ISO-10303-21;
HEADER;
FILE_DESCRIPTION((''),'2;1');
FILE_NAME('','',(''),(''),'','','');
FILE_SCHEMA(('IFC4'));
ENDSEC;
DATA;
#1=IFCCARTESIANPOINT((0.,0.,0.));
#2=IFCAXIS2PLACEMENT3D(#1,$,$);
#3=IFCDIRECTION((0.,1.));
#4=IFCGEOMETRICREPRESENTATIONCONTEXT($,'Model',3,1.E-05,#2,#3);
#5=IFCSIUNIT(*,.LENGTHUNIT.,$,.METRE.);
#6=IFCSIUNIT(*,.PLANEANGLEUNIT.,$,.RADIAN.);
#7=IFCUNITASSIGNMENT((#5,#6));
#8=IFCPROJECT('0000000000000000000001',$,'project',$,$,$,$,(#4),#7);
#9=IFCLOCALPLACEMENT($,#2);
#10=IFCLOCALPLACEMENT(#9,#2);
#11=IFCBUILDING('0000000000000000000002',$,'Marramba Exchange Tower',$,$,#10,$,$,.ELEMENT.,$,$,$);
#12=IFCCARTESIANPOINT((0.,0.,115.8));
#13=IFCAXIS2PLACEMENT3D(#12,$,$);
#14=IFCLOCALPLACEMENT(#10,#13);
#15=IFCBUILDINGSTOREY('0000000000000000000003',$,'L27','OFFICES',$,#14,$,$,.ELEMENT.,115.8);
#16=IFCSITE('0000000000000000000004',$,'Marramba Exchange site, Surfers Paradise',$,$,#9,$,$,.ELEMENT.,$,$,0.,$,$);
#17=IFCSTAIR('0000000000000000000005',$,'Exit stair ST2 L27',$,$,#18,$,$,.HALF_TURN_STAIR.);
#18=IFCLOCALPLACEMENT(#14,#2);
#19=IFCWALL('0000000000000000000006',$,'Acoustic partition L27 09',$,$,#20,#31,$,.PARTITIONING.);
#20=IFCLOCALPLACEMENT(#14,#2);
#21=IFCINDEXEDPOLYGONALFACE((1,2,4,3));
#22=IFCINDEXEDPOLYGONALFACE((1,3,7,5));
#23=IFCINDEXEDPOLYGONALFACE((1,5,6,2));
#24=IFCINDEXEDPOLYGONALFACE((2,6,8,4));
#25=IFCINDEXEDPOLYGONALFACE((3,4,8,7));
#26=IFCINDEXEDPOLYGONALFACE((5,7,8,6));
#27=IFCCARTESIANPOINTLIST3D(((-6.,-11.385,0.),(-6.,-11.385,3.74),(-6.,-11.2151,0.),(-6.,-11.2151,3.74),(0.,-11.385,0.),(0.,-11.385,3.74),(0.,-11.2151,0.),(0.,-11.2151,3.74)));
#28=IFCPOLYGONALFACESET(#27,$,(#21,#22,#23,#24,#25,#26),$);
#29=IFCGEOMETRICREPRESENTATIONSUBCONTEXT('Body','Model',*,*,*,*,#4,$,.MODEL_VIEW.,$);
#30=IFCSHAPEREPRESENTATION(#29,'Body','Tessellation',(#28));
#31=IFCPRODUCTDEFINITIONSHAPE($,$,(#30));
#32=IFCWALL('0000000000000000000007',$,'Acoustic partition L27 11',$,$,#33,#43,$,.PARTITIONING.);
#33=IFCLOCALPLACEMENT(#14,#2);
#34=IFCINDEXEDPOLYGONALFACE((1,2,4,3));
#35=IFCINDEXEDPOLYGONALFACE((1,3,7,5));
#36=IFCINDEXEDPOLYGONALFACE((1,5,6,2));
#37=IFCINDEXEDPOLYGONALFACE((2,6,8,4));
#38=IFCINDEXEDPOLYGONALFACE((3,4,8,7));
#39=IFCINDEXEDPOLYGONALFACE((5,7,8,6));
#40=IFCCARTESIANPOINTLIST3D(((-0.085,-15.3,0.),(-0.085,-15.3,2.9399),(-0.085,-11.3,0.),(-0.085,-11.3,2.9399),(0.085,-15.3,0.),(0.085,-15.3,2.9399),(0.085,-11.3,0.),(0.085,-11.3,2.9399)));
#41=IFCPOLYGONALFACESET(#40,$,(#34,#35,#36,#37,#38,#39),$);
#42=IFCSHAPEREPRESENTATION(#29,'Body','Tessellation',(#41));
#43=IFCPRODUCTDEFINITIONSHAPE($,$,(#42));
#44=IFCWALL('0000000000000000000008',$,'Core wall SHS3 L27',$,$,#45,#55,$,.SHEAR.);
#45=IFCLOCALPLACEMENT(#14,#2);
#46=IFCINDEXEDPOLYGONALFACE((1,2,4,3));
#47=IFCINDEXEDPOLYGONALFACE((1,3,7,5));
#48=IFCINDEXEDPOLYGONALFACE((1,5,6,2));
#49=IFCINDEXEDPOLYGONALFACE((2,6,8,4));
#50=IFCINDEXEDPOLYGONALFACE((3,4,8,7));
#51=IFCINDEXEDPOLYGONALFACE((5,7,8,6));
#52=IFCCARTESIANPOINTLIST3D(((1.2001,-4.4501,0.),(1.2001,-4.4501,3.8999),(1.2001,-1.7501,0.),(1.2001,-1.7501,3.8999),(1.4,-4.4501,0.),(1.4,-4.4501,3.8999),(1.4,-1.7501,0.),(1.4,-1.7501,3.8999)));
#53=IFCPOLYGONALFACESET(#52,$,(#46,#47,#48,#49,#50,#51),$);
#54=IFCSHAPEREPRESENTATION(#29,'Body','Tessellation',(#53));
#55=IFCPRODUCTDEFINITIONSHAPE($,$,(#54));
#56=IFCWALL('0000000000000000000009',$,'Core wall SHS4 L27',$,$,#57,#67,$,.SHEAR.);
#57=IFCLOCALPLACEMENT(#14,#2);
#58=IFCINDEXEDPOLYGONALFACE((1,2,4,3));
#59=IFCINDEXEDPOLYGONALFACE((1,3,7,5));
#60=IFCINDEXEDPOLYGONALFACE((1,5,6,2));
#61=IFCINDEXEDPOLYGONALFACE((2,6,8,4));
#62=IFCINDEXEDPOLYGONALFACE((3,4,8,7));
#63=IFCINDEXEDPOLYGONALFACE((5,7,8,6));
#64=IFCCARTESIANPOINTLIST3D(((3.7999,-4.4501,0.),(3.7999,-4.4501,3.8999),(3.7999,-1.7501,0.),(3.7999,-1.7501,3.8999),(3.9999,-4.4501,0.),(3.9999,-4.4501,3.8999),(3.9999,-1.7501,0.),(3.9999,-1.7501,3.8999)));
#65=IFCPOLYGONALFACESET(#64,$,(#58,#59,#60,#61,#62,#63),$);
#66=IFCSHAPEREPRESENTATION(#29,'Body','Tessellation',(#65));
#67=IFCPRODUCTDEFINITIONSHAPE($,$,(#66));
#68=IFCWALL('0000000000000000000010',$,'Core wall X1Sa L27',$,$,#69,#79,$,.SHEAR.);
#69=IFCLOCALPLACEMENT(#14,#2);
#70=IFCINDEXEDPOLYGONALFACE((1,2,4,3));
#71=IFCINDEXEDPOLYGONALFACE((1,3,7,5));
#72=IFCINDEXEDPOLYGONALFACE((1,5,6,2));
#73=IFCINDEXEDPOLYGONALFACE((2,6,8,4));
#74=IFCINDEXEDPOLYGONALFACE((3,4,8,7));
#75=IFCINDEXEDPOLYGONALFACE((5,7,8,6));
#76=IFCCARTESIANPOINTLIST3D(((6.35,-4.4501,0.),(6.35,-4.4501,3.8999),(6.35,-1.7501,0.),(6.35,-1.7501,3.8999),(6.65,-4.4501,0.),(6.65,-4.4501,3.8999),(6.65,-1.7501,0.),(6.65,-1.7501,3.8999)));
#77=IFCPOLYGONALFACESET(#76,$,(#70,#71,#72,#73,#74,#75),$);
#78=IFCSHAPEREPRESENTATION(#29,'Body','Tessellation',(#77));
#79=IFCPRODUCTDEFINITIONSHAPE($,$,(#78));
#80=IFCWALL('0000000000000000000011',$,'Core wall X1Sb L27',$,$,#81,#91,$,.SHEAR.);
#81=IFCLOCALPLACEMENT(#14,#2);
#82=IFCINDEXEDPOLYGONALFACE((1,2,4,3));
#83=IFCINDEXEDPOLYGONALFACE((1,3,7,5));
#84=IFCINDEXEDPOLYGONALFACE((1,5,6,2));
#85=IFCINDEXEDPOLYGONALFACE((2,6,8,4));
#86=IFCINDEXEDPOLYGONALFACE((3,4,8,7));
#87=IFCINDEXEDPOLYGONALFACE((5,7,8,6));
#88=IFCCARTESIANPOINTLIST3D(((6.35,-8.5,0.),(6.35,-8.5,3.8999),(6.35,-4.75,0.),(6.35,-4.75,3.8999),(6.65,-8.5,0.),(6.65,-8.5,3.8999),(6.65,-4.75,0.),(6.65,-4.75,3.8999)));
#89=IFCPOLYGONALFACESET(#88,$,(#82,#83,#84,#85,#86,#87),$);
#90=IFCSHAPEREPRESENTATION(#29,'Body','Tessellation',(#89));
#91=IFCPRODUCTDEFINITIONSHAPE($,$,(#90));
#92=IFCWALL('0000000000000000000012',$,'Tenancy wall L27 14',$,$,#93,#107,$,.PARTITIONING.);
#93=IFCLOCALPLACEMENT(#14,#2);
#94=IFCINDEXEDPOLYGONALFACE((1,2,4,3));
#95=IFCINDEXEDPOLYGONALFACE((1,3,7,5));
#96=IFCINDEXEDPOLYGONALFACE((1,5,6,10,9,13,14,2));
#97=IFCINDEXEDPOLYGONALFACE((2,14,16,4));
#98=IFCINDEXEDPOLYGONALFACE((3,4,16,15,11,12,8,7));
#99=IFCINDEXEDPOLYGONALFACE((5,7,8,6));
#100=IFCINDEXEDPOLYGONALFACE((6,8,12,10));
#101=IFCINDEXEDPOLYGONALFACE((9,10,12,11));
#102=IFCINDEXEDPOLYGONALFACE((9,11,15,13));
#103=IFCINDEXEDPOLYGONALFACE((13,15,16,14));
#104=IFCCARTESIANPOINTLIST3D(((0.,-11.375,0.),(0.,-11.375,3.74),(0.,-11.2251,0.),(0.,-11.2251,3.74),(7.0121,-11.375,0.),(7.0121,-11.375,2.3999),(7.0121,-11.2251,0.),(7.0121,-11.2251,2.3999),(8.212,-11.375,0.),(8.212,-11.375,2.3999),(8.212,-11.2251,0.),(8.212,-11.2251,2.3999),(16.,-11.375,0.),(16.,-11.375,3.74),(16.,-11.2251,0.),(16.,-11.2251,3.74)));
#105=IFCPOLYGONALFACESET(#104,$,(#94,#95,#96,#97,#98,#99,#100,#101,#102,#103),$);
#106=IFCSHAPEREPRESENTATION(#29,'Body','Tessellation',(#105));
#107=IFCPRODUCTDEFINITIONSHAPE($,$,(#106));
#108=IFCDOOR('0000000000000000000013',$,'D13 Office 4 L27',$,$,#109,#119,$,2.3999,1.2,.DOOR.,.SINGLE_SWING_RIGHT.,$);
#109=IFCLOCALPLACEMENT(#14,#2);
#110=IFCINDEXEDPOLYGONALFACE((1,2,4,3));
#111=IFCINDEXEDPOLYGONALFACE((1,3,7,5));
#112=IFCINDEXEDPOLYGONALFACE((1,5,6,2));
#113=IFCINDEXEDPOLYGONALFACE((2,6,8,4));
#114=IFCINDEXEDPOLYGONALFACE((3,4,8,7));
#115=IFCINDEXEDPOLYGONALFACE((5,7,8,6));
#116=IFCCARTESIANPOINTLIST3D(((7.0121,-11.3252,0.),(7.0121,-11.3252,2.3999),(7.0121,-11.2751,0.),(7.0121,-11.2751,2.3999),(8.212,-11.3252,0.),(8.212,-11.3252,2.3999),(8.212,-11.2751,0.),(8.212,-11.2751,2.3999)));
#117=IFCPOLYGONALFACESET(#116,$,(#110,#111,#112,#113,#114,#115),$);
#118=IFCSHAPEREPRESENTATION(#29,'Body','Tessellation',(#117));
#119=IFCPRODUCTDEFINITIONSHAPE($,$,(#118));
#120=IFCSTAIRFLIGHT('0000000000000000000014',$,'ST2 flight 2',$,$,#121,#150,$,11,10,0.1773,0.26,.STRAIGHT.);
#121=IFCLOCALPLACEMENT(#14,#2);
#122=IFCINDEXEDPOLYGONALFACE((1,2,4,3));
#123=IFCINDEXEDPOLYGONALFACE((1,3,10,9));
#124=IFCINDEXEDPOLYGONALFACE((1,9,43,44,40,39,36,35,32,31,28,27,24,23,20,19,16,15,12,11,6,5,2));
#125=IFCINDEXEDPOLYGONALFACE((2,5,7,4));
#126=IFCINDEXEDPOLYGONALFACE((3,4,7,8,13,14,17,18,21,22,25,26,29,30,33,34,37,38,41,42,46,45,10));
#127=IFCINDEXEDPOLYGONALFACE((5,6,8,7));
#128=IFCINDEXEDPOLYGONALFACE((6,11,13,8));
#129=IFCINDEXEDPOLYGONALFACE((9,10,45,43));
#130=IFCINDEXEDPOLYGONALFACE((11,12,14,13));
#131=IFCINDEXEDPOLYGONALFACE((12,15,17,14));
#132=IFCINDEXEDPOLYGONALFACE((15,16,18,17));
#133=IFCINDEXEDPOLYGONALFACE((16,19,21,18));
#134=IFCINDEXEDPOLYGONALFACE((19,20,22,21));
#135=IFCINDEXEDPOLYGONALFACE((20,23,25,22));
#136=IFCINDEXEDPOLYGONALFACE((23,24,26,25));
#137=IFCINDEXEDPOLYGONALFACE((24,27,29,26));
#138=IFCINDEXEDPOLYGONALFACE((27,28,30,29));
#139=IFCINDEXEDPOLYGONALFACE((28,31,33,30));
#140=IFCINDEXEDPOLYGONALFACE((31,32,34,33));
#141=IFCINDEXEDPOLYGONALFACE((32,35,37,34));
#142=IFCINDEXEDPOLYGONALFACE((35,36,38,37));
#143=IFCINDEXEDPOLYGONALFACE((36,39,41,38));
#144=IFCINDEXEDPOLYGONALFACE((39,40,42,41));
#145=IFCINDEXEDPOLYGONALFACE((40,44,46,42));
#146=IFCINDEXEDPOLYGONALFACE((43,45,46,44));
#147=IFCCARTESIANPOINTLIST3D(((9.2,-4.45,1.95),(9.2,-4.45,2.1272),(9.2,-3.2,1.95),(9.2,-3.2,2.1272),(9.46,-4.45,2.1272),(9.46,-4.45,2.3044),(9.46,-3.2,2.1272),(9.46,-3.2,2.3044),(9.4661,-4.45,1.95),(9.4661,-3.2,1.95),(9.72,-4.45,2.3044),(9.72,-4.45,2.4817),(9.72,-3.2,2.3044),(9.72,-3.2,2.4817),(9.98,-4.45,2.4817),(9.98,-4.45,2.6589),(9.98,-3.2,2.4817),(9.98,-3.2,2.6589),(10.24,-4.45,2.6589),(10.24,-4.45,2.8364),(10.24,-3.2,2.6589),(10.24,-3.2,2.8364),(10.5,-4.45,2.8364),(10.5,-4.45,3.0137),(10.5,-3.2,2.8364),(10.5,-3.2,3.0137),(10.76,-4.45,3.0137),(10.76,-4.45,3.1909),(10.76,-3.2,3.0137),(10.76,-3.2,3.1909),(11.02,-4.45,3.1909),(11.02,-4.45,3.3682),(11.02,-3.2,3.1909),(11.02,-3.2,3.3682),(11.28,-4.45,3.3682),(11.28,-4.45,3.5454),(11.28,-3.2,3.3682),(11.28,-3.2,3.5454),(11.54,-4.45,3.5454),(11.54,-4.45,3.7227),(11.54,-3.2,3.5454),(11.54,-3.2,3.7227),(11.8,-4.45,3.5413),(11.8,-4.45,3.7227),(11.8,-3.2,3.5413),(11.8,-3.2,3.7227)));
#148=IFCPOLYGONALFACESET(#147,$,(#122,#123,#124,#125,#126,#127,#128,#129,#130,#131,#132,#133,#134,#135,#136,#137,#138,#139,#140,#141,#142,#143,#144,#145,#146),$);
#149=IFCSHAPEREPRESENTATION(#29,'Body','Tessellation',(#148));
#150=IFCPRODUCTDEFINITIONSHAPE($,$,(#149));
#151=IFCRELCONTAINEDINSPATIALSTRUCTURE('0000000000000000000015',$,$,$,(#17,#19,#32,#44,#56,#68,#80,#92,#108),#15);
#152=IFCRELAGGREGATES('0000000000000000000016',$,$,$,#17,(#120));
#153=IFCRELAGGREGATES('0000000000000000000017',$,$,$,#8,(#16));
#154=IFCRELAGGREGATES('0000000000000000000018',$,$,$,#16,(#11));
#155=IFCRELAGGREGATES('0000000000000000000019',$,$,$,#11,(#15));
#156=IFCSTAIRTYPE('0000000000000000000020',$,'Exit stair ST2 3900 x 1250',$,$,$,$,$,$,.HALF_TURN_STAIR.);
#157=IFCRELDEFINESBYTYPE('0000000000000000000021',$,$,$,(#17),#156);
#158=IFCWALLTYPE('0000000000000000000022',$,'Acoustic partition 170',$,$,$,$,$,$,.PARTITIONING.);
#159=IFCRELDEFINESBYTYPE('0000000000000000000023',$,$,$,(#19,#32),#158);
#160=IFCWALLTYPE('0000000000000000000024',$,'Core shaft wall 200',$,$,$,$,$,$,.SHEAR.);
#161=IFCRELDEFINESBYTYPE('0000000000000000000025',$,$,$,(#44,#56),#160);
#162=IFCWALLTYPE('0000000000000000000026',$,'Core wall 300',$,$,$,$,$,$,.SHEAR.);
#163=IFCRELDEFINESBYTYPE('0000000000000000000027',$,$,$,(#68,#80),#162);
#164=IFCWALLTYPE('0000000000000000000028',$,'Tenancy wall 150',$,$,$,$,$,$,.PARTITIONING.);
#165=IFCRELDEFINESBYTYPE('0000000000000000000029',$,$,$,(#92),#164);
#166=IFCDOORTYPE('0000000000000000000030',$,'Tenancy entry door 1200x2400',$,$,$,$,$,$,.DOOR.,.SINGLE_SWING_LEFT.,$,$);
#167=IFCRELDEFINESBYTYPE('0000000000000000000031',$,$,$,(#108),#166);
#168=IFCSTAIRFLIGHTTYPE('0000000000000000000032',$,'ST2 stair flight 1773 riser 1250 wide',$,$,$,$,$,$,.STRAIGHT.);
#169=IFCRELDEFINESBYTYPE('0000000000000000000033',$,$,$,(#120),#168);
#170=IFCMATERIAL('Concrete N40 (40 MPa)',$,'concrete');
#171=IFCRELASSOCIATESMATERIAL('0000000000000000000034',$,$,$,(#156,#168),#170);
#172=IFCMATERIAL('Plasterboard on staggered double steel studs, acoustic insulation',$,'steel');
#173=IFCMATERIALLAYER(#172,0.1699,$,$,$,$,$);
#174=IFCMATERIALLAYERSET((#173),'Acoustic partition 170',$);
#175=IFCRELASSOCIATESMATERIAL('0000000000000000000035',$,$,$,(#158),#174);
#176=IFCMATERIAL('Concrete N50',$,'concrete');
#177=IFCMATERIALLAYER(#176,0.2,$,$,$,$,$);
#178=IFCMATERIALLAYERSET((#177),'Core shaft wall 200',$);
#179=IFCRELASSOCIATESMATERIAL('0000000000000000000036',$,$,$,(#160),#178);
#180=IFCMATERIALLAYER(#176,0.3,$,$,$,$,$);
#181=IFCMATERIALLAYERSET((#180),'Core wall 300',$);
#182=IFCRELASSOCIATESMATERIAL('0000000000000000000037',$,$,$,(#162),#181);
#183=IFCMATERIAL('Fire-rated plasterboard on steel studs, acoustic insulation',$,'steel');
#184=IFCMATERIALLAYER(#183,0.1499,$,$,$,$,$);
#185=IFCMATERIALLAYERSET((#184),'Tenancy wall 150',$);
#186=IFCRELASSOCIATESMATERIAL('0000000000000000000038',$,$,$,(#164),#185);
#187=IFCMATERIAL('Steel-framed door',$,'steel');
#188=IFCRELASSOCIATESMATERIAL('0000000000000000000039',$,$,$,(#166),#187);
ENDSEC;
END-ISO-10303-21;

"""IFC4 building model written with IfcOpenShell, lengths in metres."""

from ifc_helpers import new_model, si_unit, direction, frame, frame_2d, origin, place, context, subcontext, project, spatial, polyline, rectangle, outline, extrude, material, layer, layer_set, type_object, element, fill, aggregate, save


model = new_model("IFC4")

# Units and contexts
model_context = context("Model", 3, precision=1e-05, world=origin(), true_north=direction((0.0, 1.0)))
body_context = subcontext(model_context, "Body", "Model", "MODEL_VIEW")
ifc_project = project(units=[si_unit("LENGTHUNIT", "METRE"), si_unit("PLANEANGLEUNIT", "RADIAN")], contexts=[model_context])

# Site, building, storey
site_placement = place(None, origin())
site = spatial("IfcSite", under=ifc_project, at=site_placement, Name="Marramba Exchange site, Surfers Paradise", CompositionType="ELEMENT", RefElevation=0.0)
building_placement = place(site_placement, origin())
building = spatial("IfcBuilding", under=site, at=building_placement, Name="Marramba Exchange Tower", CompositionType="ELEMENT")
storey_placement = place(building_placement, frame((0.0, 0.0, 115.8)))
storey = spatial("IfcBuildingStorey", under=building, at=storey_placement, Name="L27", Description="OFFICES", CompositionType="ELEMENT", Elevation=115.8)

# Stair
ifc_material_1 = material(Name="Concrete N40 (40 MPa)", Category="concrete")
stair_type_1 = type_object("IfcStairType", Name="Exit stair ST2 3900 x 1250", PredefinedType="HALF_TURN_STAIR", material=ifc_material_1)
stair_1_placement = place(storey_placement, origin())
stair_1 = element("IfcStair", 1, at=stair_1_placement, inside=storey, type_object=stair_type_1, Name="Exit stair ST2 L27", PredefinedType="HALF_TURN_STAIR")

# Walls
ifc_material_2 = material(Name="Plasterboard on staggered double steel studs, acoustic insulation", Category="steel")
ifc_layer_1 = layer(ifc_material_2, 0.1699)
ifc_layer_set_1 = layer_set([ifc_layer_1], Name="Acoustic partition 170")
wall_type_1 = type_object("IfcWallType", Name="Acoustic partition 170", PredefinedType="PARTITIONING", material=ifc_layer_set_1)
wall_1_placement = place(storey_placement, frame((0.0, -11.3, 0.0), z_axis=(0.0, 0.0, 1.0), x_axis=(-1.0, 0.0, 0.0)))
element("IfcWall", 2, at=wall_1_placement, inside=storey, type_object=wall_type_1, Name="Acoustic partition L27 09", PredefinedType="PARTITIONING", context=body_context, shape_type="SweptSolid", body=[
    extrude(rectangle(XDim=6.0, YDim=0.1699, at=frame_2d((3.0, 0.0))), origin(), (0.0, 0.0, 1.0), 3.74),
])
wall_2_placement = place(storey_placement, frame((0.0, -11.3, 0.0), z_axis=(0.0, 0.0, 1.0), x_axis=(0.0, -1.0, 0.0)))
element("IfcWall", 3, at=wall_2_placement, inside=storey, type_object=wall_type_1, Name="Acoustic partition L27 11", PredefinedType="PARTITIONING", context=body_context, shape_type="SweptSolid", body=[
    extrude(rectangle(XDim=4.0, YDim=0.1699, at=frame_2d((2.0, 0.0))), origin(), (0.0, 0.0, 1.0), 2.9399),
])
ifc_material_3 = material(Name="Concrete N50", Category="concrete")
ifc_layer_2 = layer(ifc_material_3, 0.2)
ifc_layer_set_2 = layer_set([ifc_layer_2], Name="Core shaft wall 200")
wall_type_2 = type_object("IfcWallType", Name="Core shaft wall 200", PredefinedType="SHEAR", material=ifc_layer_set_2)
for number, where, z_axis, x_axis, name in (
    (4, (1.3, -1.75, 0.0), (0.0, 0.0, 1.0), (0.0, -1.0, 0.0), "Core wall SHS3 L27"),
    (5, (3.8999, -1.75, 0.0), (0.0, 0.0, 1.0), (0.0, -1.0, 0.0), "Core wall SHS4 L27"),
):
    element("IfcWall", number, at=place(storey_placement, frame(where, z_axis=z_axis, x_axis=x_axis)), inside=storey, type_object=wall_type_2, Name=name, PredefinedType="SHEAR", context=body_context, shape_type="SweptSolid", body=[
        extrude(rectangle(XDim=2.7, YDim=0.2, at=frame_2d((1.3501, 0.0))), origin(), (0.0, 0.0, 1.0), 3.8999),
    ])
ifc_layer_3 = layer(ifc_material_3, 0.3)
ifc_layer_set_3 = layer_set([ifc_layer_3], Name="Core wall 300")
wall_type_3 = type_object("IfcWallType", Name="Core wall 300", PredefinedType="SHEAR", material=ifc_layer_set_3)
wall_3_placement = place(storey_placement, frame((6.5, -1.75, 0.0), z_axis=(0.0, 0.0, 1.0), x_axis=(0.0, -1.0, 0.0)))
element("IfcWall", 6, at=wall_3_placement, inside=storey, type_object=wall_type_3, Name="Core wall X1Sa L27", PredefinedType="SHEAR", context=body_context, shape_type="SweptSolid", body=[
    extrude(rectangle(XDim=2.7, YDim=0.3, at=frame_2d((1.3501, 0.0))), origin(), (0.0, 0.0, 1.0), 3.8999),
])
wall_4_placement = place(storey_placement, frame((6.5, -4.75, 0.0), z_axis=(0.0, 0.0, 1.0), x_axis=(0.0, -1.0, 0.0)))
element("IfcWall", 7, at=wall_4_placement, inside=storey, type_object=wall_type_3, Name="Core wall X1Sb L27", PredefinedType="SHEAR", context=body_context, shape_type="SweptSolid", body=[
    extrude(rectangle(XDim=3.75, YDim=0.3, at=frame_2d((1.875, 0.0))), origin(), (0.0, 0.0, 1.0), 3.8999),
])

# Wall, opening, door
ifc_material_4 = material(Name="Fire-rated plasterboard on steel studs, acoustic insulation", Category="steel")
ifc_layer_4 = layer(ifc_material_4, 0.1499)
ifc_layer_set_4 = layer_set([ifc_layer_4], Name="Tenancy wall 150")
wall_type_4 = type_object("IfcWallType", Name="Tenancy wall 150", PredefinedType="PARTITIONING", material=ifc_layer_set_4)
wall_5_placement = place(storey_placement, frame((0.0, -11.3, 0.0), z_axis=(0.0, 0.0, 1.0), x_axis=(1.0, 0.0, 0.0)))
wall_5 = element("IfcWall", 8, at=wall_5_placement, inside=storey, type_object=wall_type_4, Name="Tenancy wall L27 14", PredefinedType="PARTITIONING", context=body_context, shape_type="SweptSolid", body=[
    extrude(rectangle(XDim=16.0, YDim=0.1499, at=frame_2d((8.0, 0.0))), origin(), (0.0, 0.0, 1.0), 3.74),
])
opening_1_placement = place(wall_5_placement, frame((7.012, 0.0, 0.0)))
opening_1 = element("IfcOpeningElement", 9, at=opening_1_placement, cuts=wall_5, PredefinedType="OPENING", context=body_context, shape_type="SweptSolid", body=[
    extrude(rectangle(XDim=1.2, YDim=2.3999, at=frame_2d((0.6001, 1.2))), frame((0.0, 0.085, 0.0), z_axis=(0.0, -1.0, 0.0), x_axis=(1.0, 0.0, 0.0)), (0.0, 0.0, 1.0), 0.1699),
])
ifc_material_5 = material(Name="Steel-framed door", Category="steel")
door_type_1 = type_object("IfcDoorType", Name="Tenancy entry door 1200x2400", OperationType="SINGLE_SWING_LEFT", PredefinedType="DOOR", material=ifc_material_5)
door_1_placement = place(opening_1_placement, origin())
door_1 = element("IfcDoor", 10, at=door_1_placement, inside=storey, type_object=door_type_1, Name="D13 Office 4 L27", OperationType="SINGLE_SWING_RIGHT", OverallHeight=2.3999, OverallWidth=1.2, PredefinedType="DOOR", context=body_context, shape_type="SweptSolid", body=[
    extrude(rectangle(XDim=1.2, YDim=2.3999, at=frame_2d((0.6001, 1.2))), frame((0.0, 0.0249, 0.0), z_axis=(0.0, -1.0, 0.0), x_axis=(1.0, 0.0, 0.0)), (0.0, 0.0, 1.0), 0.05),
])
fill(opening_1, door_1)

# Stair flight
stair_flight_type = type_object("IfcStairFlightType", Name="ST2 stair flight 1773 riser 1250 wide", PredefinedType="STRAIGHT", material=ifc_material_1)
stair_flight_placement = place(storey_placement, frame((9.2, -3.825, 1.95), z_axis=(0.0, 0.0, 1.0), x_axis=(1.0, 0.0, 0.0)))
stair_flight = element("IfcStairFlight", 11, at=stair_flight_placement, type_object=stair_flight_type, Name="ST2 flight 2", NumberOfRisers=11, NumberOfTreads=10, PredefinedType="STRAIGHT", RiserHeight=0.1773, TreadLength=0.26, context=body_context, shape_type="SweptSolid", body=[
    extrude(outline(polyline([(0.0, 0.0), (0.0, 0.1772), (0.26, 0.1772), (0.26, 0.3545), (0.52, 0.3545), (0.52, 0.5317), (0.78, 0.5317), (0.78, 0.709), (1.04, 0.709), (1.04, 0.8865), (1.3, 0.8865), (1.3, 1.0637), (1.5601, 1.0637), (1.5601, 1.241), (1.8201, 1.241), (1.8201, 1.4182), (2.0801, 1.4182), (2.0801, 1.5955), (2.3401, 1.5955), (2.3401, 1.7727), (2.6001, 1.7727), (2.6001, 1.95), (2.6001, 1.5913), (0.2661, 0.0), (0.0, 0.0)])), frame((0.0, 0.625, 0.0), z_axis=(0.0, -1.0, 0.0), x_axis=(1.0, 0.0, 0.0)), (0.0, 0.0, 1.0), 1.25),
])
aggregate(stair_1, [stair_flight])

save(model, "model.ifc")
